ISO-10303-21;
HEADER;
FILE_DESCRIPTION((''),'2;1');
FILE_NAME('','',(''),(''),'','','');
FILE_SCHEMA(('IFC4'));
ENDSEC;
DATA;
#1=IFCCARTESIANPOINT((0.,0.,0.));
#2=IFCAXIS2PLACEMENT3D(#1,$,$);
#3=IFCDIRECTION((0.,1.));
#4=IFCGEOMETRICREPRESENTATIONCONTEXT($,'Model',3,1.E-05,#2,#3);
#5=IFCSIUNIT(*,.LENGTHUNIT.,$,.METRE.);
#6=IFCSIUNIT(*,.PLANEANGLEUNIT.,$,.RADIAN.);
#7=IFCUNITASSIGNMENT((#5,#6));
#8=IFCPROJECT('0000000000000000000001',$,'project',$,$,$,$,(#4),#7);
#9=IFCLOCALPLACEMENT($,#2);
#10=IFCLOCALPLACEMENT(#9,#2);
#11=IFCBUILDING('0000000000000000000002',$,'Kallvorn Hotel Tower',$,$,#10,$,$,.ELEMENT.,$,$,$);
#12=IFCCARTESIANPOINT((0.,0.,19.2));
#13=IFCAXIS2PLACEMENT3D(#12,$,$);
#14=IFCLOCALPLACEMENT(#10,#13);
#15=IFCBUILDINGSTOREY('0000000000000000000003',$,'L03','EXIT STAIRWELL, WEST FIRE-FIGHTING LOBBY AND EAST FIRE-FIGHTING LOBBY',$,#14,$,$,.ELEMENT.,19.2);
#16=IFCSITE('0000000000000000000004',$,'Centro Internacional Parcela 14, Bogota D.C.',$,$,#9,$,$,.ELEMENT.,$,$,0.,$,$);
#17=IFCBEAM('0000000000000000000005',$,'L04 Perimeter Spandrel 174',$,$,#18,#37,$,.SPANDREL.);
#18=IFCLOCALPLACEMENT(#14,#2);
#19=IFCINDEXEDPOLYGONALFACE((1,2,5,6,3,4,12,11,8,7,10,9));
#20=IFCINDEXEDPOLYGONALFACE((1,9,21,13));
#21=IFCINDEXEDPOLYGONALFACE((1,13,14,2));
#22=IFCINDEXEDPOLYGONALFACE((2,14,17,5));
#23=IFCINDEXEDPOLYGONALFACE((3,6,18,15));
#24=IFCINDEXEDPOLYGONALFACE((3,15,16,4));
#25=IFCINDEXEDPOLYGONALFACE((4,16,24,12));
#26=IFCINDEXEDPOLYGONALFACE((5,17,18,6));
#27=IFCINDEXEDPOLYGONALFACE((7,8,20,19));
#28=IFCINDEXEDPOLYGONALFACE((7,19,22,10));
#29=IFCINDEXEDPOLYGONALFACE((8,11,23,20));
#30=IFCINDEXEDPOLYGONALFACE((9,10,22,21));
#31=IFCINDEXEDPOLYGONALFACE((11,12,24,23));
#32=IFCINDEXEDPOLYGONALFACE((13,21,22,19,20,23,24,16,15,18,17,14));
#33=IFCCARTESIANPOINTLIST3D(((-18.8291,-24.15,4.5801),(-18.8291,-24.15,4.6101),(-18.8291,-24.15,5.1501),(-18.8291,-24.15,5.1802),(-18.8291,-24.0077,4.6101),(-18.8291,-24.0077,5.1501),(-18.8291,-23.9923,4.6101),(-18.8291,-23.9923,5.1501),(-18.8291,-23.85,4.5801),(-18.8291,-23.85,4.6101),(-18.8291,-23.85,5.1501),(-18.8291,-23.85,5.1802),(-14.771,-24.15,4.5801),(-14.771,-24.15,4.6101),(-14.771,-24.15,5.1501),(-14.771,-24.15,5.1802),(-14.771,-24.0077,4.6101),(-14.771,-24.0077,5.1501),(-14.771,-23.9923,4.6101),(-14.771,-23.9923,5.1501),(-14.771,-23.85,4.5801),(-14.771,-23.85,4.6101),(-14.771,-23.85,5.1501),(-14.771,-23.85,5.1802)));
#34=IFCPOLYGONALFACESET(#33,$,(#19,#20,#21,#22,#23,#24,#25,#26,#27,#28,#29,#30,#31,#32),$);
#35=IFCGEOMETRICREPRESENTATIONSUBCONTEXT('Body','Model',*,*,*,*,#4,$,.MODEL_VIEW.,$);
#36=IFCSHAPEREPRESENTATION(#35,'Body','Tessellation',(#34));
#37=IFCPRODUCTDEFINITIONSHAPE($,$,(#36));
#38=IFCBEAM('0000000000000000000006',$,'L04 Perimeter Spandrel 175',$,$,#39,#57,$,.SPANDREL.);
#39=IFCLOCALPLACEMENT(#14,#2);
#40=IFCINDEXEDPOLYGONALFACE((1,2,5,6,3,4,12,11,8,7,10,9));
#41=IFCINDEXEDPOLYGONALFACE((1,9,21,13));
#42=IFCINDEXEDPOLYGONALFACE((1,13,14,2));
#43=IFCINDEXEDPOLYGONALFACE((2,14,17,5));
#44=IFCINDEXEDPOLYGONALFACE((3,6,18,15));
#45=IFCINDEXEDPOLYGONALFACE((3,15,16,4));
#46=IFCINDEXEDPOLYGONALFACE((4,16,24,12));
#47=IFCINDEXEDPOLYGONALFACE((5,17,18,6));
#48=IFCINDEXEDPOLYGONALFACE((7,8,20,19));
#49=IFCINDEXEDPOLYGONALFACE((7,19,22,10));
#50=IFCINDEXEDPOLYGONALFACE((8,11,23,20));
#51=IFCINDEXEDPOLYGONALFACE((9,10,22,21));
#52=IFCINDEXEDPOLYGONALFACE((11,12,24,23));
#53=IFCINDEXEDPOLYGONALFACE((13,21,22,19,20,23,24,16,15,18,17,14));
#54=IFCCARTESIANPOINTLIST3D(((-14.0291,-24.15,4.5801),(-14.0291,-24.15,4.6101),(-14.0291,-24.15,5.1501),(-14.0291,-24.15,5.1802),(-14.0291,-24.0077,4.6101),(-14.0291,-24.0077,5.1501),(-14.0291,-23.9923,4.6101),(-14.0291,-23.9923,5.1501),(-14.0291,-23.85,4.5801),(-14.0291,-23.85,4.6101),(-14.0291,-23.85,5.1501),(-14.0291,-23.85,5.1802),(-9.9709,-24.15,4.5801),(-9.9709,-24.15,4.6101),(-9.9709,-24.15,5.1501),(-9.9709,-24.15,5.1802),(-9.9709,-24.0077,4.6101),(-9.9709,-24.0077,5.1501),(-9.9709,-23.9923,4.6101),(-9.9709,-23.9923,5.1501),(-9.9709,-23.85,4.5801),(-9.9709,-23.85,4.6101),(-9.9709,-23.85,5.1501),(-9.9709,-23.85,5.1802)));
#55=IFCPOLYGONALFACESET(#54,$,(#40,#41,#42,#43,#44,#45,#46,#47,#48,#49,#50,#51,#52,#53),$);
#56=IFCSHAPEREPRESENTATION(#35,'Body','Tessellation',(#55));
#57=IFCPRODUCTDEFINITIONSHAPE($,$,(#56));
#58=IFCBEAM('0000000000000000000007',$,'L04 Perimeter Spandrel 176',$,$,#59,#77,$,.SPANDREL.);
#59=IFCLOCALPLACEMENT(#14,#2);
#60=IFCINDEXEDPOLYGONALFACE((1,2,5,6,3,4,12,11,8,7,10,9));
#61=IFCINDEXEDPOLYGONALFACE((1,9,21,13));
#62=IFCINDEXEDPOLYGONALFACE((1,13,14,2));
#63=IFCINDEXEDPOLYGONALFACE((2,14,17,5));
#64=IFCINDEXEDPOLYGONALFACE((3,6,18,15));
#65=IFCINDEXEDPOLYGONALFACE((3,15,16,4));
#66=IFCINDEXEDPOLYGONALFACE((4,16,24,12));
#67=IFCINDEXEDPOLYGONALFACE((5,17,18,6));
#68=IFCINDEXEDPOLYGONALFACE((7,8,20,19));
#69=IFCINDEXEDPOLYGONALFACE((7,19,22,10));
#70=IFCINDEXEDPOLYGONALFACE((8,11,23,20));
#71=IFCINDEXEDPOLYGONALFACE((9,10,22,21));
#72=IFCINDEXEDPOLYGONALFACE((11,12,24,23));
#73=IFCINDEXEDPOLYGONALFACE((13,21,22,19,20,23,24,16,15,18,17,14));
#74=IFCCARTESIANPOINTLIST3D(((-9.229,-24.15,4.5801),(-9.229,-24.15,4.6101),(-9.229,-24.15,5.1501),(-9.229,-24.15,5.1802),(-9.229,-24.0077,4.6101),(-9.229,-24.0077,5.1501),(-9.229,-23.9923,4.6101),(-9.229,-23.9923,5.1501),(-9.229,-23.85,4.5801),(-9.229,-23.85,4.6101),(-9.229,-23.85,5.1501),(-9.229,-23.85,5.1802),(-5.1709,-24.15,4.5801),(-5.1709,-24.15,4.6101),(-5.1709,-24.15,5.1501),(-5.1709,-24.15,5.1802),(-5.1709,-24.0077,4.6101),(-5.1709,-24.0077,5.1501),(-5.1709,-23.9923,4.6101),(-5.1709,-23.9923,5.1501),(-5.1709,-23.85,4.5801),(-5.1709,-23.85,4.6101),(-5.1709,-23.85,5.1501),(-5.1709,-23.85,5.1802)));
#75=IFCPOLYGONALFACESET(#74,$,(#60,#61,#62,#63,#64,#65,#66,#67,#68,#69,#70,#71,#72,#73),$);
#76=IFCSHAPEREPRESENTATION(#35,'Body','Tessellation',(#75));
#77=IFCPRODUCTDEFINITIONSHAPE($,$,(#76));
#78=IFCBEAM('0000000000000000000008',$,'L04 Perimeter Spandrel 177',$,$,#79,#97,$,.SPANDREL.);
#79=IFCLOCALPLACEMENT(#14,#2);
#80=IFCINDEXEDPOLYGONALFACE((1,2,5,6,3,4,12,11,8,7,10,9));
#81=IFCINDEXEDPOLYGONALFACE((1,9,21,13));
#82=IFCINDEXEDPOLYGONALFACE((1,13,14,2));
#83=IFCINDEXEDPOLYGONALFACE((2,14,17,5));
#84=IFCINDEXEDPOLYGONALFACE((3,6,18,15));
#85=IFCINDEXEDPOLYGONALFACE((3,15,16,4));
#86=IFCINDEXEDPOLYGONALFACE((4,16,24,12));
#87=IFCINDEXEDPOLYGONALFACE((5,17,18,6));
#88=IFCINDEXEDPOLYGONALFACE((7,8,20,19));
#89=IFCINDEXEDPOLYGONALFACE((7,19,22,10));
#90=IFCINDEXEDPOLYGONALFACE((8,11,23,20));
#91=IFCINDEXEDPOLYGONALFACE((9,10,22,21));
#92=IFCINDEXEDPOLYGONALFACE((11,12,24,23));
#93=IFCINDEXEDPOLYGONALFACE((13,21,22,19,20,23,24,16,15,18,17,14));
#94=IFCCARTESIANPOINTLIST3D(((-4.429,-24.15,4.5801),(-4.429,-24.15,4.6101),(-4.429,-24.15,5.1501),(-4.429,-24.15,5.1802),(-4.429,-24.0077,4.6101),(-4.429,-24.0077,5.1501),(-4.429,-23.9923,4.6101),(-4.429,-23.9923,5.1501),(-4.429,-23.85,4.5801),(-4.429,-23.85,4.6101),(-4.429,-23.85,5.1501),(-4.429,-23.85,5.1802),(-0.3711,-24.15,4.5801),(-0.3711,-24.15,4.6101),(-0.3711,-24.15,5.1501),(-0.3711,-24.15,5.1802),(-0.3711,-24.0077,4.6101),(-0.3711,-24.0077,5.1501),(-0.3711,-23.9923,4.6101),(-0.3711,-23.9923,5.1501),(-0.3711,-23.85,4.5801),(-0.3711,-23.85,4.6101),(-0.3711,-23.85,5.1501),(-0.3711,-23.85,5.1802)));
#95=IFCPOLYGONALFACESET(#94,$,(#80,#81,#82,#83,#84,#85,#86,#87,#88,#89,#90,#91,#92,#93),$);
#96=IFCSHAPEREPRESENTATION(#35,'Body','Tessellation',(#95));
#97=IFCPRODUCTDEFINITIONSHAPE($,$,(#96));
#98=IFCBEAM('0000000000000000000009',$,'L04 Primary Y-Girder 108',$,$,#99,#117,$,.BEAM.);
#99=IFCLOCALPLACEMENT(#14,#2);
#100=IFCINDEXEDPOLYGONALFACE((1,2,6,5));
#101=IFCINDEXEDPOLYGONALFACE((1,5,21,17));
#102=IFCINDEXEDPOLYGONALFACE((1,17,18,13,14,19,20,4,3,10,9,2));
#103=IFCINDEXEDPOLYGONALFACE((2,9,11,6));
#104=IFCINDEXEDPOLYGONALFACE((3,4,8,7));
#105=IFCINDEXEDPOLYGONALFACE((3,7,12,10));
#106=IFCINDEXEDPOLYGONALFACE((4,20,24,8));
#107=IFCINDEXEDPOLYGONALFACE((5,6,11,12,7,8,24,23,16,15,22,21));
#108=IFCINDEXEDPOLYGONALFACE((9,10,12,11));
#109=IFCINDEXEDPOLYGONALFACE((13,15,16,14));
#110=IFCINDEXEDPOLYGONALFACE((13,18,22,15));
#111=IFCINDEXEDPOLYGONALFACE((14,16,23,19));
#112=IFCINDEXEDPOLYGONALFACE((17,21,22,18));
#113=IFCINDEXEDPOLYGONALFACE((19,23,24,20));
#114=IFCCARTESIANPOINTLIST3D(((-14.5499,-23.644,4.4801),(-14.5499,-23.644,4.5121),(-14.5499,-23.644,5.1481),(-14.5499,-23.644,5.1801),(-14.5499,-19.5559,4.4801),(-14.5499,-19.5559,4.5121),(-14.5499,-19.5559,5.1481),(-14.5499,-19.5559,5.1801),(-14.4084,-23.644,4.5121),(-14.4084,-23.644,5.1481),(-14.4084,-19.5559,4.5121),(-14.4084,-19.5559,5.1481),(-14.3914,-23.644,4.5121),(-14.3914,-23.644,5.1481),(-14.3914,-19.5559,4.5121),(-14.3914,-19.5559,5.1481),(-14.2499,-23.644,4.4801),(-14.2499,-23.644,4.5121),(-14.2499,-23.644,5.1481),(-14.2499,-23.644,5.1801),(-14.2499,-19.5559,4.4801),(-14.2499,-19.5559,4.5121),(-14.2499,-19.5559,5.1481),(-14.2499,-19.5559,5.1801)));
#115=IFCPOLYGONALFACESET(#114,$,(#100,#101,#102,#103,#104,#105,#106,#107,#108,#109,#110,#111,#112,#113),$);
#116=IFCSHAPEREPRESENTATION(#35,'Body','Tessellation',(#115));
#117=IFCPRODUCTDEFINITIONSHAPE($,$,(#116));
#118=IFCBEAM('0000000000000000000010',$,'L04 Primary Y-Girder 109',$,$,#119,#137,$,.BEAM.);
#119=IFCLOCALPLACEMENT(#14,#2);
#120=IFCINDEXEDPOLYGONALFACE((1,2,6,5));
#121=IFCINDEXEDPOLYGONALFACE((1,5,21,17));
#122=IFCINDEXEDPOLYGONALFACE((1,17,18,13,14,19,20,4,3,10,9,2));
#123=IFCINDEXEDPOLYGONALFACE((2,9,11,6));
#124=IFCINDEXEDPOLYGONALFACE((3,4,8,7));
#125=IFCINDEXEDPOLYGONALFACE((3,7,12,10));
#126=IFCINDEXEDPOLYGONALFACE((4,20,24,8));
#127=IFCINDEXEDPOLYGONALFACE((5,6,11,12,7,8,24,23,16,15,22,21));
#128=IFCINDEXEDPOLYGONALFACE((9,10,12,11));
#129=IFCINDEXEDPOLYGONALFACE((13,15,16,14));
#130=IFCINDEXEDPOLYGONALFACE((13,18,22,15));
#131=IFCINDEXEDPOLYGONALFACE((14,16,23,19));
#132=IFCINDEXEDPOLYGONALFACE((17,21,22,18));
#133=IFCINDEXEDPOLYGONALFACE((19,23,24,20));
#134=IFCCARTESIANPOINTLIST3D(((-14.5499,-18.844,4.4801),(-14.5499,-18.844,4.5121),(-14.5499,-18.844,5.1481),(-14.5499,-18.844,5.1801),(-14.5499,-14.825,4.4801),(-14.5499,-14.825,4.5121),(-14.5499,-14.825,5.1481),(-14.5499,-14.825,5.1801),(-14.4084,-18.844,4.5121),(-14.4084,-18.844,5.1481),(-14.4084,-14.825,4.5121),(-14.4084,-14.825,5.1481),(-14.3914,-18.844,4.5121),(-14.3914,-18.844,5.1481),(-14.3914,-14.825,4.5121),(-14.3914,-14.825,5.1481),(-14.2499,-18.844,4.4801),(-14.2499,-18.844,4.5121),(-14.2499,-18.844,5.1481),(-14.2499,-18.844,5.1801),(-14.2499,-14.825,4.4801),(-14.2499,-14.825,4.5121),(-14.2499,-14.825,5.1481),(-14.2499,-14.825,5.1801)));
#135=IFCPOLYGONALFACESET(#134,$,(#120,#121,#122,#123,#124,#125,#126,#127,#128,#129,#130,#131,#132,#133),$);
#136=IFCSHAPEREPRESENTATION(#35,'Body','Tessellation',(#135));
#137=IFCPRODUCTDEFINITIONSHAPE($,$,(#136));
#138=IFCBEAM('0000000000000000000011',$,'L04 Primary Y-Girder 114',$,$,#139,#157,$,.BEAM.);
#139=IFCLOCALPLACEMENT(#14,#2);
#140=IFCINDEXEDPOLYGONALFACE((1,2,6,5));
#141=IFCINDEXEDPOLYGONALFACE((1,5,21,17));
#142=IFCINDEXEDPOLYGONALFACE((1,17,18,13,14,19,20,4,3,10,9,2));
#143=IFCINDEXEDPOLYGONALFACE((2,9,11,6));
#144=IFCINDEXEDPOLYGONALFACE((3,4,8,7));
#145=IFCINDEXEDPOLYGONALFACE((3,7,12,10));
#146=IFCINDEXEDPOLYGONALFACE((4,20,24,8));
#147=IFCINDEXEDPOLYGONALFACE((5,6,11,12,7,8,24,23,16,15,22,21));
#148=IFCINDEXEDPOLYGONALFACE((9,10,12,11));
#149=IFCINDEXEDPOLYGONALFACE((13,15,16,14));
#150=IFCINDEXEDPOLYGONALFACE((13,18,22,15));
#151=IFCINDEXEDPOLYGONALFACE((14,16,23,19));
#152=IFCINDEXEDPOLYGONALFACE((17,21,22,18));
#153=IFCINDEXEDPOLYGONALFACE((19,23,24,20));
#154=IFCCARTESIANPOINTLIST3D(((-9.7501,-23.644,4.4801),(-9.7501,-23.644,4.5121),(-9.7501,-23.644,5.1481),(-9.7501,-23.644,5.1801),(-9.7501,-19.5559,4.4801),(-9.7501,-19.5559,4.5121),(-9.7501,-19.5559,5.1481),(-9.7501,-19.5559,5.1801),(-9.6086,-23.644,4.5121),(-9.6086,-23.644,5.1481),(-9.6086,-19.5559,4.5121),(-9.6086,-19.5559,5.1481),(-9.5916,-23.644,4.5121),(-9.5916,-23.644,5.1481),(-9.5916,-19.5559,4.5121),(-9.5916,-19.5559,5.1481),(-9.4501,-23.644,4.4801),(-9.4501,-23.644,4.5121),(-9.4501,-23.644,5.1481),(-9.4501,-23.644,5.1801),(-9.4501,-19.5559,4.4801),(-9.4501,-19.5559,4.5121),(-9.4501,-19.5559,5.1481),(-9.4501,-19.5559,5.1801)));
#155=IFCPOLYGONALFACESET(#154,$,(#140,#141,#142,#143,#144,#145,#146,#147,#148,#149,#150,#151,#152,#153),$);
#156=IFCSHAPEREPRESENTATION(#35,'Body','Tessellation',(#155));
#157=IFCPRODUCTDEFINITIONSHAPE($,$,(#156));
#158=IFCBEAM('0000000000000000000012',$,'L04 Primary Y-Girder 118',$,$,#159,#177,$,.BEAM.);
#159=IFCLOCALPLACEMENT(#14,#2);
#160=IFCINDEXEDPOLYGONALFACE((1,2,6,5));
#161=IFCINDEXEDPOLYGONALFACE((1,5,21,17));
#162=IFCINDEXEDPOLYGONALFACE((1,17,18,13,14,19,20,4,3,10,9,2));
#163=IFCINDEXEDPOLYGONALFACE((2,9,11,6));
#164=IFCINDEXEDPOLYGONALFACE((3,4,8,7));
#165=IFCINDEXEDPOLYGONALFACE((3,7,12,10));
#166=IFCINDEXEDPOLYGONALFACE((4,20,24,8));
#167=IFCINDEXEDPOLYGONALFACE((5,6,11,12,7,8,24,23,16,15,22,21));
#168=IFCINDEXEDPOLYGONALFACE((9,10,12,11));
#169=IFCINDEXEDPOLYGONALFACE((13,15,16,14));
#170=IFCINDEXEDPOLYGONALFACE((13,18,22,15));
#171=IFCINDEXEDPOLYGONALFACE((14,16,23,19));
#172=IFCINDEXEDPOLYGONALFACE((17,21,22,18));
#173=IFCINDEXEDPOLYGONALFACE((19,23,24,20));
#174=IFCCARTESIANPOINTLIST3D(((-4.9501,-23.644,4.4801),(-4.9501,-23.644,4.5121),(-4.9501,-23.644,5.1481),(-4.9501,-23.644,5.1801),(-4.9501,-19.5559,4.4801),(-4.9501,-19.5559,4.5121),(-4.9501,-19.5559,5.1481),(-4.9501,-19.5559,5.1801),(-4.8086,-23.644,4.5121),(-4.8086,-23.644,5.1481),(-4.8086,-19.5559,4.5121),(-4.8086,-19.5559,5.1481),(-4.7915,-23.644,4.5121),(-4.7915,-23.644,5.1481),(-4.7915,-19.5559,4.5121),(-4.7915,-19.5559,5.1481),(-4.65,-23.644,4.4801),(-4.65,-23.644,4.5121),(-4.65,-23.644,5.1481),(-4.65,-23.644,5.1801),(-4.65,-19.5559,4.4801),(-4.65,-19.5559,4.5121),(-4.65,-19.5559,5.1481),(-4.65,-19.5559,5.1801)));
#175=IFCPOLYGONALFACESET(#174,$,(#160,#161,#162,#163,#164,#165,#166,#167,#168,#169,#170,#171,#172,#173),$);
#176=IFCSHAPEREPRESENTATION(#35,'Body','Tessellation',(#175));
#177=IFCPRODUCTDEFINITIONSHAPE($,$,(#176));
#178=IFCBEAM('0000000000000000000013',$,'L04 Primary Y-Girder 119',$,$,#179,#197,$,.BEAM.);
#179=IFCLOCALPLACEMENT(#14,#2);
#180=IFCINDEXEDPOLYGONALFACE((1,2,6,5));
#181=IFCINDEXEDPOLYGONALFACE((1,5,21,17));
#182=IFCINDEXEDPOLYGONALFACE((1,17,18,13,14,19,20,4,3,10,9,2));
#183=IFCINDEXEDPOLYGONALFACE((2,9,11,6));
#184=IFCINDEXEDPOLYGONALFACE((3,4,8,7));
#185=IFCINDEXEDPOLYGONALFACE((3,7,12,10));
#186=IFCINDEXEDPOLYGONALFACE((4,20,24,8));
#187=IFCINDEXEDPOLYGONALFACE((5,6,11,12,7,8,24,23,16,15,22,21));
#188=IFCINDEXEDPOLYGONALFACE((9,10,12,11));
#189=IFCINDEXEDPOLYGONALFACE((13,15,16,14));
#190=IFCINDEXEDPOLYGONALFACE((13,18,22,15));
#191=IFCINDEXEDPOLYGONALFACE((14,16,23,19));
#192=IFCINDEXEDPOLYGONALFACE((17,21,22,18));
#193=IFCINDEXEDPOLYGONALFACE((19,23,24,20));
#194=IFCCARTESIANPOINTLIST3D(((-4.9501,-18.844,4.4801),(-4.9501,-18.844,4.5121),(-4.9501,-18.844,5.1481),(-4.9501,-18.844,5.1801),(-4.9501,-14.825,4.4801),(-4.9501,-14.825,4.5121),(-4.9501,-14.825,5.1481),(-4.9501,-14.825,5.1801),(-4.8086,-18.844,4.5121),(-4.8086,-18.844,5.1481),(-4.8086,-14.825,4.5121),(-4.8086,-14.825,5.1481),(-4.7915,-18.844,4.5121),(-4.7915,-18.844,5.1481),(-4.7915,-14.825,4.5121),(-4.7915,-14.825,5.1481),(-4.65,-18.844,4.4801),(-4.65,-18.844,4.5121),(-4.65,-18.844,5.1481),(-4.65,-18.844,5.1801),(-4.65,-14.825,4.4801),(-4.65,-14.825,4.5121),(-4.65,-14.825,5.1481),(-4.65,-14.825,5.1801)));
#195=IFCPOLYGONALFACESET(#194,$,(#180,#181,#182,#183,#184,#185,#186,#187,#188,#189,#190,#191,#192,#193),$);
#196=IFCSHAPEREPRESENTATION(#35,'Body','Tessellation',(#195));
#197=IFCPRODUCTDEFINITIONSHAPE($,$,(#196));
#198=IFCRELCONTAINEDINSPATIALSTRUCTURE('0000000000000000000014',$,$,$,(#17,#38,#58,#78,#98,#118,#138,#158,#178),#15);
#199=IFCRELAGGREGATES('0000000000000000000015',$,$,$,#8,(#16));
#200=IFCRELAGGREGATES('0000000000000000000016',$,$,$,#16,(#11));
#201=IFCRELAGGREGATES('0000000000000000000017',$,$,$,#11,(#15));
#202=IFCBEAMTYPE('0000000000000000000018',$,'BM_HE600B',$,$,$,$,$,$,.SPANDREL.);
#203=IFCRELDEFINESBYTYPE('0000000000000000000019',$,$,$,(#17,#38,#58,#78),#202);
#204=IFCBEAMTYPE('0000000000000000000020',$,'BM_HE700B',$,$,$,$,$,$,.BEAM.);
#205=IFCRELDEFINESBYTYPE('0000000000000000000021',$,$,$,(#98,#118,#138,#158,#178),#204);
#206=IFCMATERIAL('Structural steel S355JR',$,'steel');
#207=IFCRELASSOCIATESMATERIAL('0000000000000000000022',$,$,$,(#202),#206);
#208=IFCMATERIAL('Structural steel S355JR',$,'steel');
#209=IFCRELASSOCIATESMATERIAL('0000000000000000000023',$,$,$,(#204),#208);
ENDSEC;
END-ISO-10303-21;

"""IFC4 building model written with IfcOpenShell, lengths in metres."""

from ifc_helpers import new_model, si_unit, direction, frame, origin, origin_2d, place, context, subcontext, project, spatial, i_section, extrude, material, material_profile, profile_set, type_object, element, save


model = new_model("IFC4")

# Units and contexts
model_context = context("Model", 3, precision=1e-05, world=origin(), true_north=direction((0.0, 1.0)))
body_context = subcontext(model_context, "Body", "Model", "MODEL_VIEW")
ifc_project = project(units=[si_unit("LENGTHUNIT", "METRE"), si_unit("PLANEANGLEUNIT", "RADIAN")], contexts=[model_context])

# Site, building, storey
site_placement = place(None, origin())
site = spatial("IfcSite", under=ifc_project, at=site_placement, Name="Centro Internacional Parcela 14, Bogota D.C.", CompositionType="ELEMENT", RefElevation=0.0)
building_placement = place(site_placement, origin())
building = spatial("IfcBuilding", under=site, at=building_placement, Name="Kallvorn Hotel Tower", CompositionType="ELEMENT")
storey_placement = place(building_placement, frame((0.0, 0.0, 19.2)))
storey = spatial("IfcBuildingStorey", under=building, at=storey_placement, Name="L03", Description="EXIT STAIRWELL, WEST FIRE-FIGHTING LOBBY AND EAST FIRE-FIGHTING LOBBY", CompositionType="ELEMENT", Elevation=19.2)

# Beams
ifc_material_1 = material(Name="Structural steel S355JR", Category="steel")
ifc_material_profile_1 = material_profile(ifc_material_1, i_section(OverallWidth=0.3, OverallDepth=0.6001, WebThickness=0.0154, FlangeThickness=0.03, at=origin_2d()), Name="HE 600 B")
ifc_profile_set_1 = profile_set([ifc_material_profile_1], Name="Structural steel S355JR")
beam_type_1 = type_object("IfcBeamType", Name="BM_HE600B", PredefinedType="SPANDREL", material=ifc_profile_set_1)
for number, where, z_axis, x_axis, name in (
    (1, (-18.8291, -24.0, 4.8801), (1.0, 0.0, 0.0), (0.0, 1.0, 0.0), "L04 Perimeter Spandrel 174"),
    (2, (-14.0291, -24.0, 4.8801), (1.0, 0.0, 0.0), (0.0, 1.0, 0.0), "L04 Perimeter Spandrel 175"),
    (3, (-9.229, -24.0, 4.8801), (1.0, 0.0, 0.0), (0.0, 1.0, 0.0), "L04 Perimeter Spandrel 176"),
):
    element("IfcBeam", number, at=place(storey_placement, frame(where, z_axis=z_axis, x_axis=x_axis)), inside=storey, type_object=beam_type_1, Name=name, PredefinedType="SPANDREL", context=body_context, shape_type="SweptSolid", body=[
        extrude(i_section(OverallWidth=0.3, OverallDepth=0.6001, WebThickness=0.0154, FlangeThickness=0.03, at=origin_2d()), origin(), (0.0, 0.0, 1.0), 4.0581),
    ])
beam_1_placement = place(storey_placement, frame((-4.429, -24.0, 4.8801), z_axis=(1.0, 0.0, 0.0), x_axis=(0.0, 1.0, 0.0)))
element("IfcBeam", 4, at=beam_1_placement, inside=storey, type_object=beam_type_1, Name="L04 Perimeter Spandrel 177", PredefinedType="SPANDREL", context=body_context, shape_type="SweptSolid", body=[
    extrude(i_section(OverallWidth=0.3, OverallDepth=0.6001, WebThickness=0.0154, FlangeThickness=0.03, at=origin_2d()), origin(), (0.0, 0.0, 1.0), 4.0579),
])
ifc_material_2 = material(Name="Structural steel S355JR", Category="steel")
ifc_material_profile_2 = material_profile(ifc_material_2, i_section(OverallWidth=0.3, OverallDepth=0.7, WebThickness=0.0171, FlangeThickness=0.032, at=origin_2d()), Name="HE 700 B")
ifc_profile_set_2 = profile_set([ifc_material_profile_2], Name="Structural steel S355JR")
beam_type_2 = type_object("IfcBeamType", Name="BM_HE700B", PredefinedType="BEAM", material=ifc_profile_set_2)
beam_2_placement = place(storey_placement, frame((-14.3999, -23.644, 4.8301), z_axis=(0.0, 1.0, 0.0), x_axis=(-1.0, 0.0, 0.0)))
element("IfcBeam", 5, at=beam_2_placement, inside=storey, type_object=beam_type_2, Name="L04 Primary Y-Girder 108", PredefinedType="BEAM", context=body_context, shape_type="SweptSolid", body=[
    extrude(i_section(OverallWidth=0.3, OverallDepth=0.7, WebThickness=0.0171, FlangeThickness=0.032, at=origin_2d()), origin(), (0.0, 0.0, 1.0), 4.0881),
])
beam_3_placement = place(storey_placement, frame((-14.3999, -18.844, 4.8301), z_axis=(0.0, 1.0, 0.0), x_axis=(-1.0, 0.0, 0.0)))
element("IfcBeam", 6, at=beam_3_placement, inside=storey, type_object=beam_type_2, Name="L04 Primary Y-Girder 109", PredefinedType="BEAM", context=body_context, shape_type="SweptSolid", body=[
    extrude(i_section(OverallWidth=0.3, OverallDepth=0.7, WebThickness=0.0171, FlangeThickness=0.032, at=origin_2d()), origin(), (0.0, 0.0, 1.0), 4.019),
])
for number, where, z_axis, x_axis, name in (
    (7, (-9.6001, -23.644, 4.8301), (0.0, 1.0, 0.0), (-1.0, 0.0, 0.0), "L04 Primary Y-Girder 114"),
    (8, (-4.8, -23.644, 4.8301), (0.0, 1.0, 0.0), (-1.0, 0.0, 0.0), "L04 Primary Y-Girder 118"),
):
    element("IfcBeam", number, at=place(storey_placement, frame(where, z_axis=z_axis, x_axis=x_axis)), inside=storey, type_object=beam_type_2, Name=name, PredefinedType="BEAM", context=body_context, shape_type="SweptSolid", body=[
        extrude(i_section(OverallWidth=0.3, OverallDepth=0.7, WebThickness=0.0171, FlangeThickness=0.032, at=origin_2d()), origin(), (0.0, 0.0, 1.0), 4.0881),
    ])
beam_4_placement = place(storey_placement, frame((-4.8, -18.844, 4.8301), z_axis=(0.0, 1.0, 0.0), x_axis=(-1.0, 0.0, 0.0)))
element("IfcBeam", 9, at=beam_4_placement, inside=storey, type_object=beam_type_2, Name="L04 Primary Y-Girder 119", PredefinedType="BEAM", context=body_context, shape_type="SweptSolid", body=[
    extrude(i_section(OverallWidth=0.3, OverallDepth=0.7, WebThickness=0.0171, FlangeThickness=0.032, at=origin_2d()), origin(), (0.0, 0.0, 1.0), 4.019),
])

save(model, "model.ifc")
